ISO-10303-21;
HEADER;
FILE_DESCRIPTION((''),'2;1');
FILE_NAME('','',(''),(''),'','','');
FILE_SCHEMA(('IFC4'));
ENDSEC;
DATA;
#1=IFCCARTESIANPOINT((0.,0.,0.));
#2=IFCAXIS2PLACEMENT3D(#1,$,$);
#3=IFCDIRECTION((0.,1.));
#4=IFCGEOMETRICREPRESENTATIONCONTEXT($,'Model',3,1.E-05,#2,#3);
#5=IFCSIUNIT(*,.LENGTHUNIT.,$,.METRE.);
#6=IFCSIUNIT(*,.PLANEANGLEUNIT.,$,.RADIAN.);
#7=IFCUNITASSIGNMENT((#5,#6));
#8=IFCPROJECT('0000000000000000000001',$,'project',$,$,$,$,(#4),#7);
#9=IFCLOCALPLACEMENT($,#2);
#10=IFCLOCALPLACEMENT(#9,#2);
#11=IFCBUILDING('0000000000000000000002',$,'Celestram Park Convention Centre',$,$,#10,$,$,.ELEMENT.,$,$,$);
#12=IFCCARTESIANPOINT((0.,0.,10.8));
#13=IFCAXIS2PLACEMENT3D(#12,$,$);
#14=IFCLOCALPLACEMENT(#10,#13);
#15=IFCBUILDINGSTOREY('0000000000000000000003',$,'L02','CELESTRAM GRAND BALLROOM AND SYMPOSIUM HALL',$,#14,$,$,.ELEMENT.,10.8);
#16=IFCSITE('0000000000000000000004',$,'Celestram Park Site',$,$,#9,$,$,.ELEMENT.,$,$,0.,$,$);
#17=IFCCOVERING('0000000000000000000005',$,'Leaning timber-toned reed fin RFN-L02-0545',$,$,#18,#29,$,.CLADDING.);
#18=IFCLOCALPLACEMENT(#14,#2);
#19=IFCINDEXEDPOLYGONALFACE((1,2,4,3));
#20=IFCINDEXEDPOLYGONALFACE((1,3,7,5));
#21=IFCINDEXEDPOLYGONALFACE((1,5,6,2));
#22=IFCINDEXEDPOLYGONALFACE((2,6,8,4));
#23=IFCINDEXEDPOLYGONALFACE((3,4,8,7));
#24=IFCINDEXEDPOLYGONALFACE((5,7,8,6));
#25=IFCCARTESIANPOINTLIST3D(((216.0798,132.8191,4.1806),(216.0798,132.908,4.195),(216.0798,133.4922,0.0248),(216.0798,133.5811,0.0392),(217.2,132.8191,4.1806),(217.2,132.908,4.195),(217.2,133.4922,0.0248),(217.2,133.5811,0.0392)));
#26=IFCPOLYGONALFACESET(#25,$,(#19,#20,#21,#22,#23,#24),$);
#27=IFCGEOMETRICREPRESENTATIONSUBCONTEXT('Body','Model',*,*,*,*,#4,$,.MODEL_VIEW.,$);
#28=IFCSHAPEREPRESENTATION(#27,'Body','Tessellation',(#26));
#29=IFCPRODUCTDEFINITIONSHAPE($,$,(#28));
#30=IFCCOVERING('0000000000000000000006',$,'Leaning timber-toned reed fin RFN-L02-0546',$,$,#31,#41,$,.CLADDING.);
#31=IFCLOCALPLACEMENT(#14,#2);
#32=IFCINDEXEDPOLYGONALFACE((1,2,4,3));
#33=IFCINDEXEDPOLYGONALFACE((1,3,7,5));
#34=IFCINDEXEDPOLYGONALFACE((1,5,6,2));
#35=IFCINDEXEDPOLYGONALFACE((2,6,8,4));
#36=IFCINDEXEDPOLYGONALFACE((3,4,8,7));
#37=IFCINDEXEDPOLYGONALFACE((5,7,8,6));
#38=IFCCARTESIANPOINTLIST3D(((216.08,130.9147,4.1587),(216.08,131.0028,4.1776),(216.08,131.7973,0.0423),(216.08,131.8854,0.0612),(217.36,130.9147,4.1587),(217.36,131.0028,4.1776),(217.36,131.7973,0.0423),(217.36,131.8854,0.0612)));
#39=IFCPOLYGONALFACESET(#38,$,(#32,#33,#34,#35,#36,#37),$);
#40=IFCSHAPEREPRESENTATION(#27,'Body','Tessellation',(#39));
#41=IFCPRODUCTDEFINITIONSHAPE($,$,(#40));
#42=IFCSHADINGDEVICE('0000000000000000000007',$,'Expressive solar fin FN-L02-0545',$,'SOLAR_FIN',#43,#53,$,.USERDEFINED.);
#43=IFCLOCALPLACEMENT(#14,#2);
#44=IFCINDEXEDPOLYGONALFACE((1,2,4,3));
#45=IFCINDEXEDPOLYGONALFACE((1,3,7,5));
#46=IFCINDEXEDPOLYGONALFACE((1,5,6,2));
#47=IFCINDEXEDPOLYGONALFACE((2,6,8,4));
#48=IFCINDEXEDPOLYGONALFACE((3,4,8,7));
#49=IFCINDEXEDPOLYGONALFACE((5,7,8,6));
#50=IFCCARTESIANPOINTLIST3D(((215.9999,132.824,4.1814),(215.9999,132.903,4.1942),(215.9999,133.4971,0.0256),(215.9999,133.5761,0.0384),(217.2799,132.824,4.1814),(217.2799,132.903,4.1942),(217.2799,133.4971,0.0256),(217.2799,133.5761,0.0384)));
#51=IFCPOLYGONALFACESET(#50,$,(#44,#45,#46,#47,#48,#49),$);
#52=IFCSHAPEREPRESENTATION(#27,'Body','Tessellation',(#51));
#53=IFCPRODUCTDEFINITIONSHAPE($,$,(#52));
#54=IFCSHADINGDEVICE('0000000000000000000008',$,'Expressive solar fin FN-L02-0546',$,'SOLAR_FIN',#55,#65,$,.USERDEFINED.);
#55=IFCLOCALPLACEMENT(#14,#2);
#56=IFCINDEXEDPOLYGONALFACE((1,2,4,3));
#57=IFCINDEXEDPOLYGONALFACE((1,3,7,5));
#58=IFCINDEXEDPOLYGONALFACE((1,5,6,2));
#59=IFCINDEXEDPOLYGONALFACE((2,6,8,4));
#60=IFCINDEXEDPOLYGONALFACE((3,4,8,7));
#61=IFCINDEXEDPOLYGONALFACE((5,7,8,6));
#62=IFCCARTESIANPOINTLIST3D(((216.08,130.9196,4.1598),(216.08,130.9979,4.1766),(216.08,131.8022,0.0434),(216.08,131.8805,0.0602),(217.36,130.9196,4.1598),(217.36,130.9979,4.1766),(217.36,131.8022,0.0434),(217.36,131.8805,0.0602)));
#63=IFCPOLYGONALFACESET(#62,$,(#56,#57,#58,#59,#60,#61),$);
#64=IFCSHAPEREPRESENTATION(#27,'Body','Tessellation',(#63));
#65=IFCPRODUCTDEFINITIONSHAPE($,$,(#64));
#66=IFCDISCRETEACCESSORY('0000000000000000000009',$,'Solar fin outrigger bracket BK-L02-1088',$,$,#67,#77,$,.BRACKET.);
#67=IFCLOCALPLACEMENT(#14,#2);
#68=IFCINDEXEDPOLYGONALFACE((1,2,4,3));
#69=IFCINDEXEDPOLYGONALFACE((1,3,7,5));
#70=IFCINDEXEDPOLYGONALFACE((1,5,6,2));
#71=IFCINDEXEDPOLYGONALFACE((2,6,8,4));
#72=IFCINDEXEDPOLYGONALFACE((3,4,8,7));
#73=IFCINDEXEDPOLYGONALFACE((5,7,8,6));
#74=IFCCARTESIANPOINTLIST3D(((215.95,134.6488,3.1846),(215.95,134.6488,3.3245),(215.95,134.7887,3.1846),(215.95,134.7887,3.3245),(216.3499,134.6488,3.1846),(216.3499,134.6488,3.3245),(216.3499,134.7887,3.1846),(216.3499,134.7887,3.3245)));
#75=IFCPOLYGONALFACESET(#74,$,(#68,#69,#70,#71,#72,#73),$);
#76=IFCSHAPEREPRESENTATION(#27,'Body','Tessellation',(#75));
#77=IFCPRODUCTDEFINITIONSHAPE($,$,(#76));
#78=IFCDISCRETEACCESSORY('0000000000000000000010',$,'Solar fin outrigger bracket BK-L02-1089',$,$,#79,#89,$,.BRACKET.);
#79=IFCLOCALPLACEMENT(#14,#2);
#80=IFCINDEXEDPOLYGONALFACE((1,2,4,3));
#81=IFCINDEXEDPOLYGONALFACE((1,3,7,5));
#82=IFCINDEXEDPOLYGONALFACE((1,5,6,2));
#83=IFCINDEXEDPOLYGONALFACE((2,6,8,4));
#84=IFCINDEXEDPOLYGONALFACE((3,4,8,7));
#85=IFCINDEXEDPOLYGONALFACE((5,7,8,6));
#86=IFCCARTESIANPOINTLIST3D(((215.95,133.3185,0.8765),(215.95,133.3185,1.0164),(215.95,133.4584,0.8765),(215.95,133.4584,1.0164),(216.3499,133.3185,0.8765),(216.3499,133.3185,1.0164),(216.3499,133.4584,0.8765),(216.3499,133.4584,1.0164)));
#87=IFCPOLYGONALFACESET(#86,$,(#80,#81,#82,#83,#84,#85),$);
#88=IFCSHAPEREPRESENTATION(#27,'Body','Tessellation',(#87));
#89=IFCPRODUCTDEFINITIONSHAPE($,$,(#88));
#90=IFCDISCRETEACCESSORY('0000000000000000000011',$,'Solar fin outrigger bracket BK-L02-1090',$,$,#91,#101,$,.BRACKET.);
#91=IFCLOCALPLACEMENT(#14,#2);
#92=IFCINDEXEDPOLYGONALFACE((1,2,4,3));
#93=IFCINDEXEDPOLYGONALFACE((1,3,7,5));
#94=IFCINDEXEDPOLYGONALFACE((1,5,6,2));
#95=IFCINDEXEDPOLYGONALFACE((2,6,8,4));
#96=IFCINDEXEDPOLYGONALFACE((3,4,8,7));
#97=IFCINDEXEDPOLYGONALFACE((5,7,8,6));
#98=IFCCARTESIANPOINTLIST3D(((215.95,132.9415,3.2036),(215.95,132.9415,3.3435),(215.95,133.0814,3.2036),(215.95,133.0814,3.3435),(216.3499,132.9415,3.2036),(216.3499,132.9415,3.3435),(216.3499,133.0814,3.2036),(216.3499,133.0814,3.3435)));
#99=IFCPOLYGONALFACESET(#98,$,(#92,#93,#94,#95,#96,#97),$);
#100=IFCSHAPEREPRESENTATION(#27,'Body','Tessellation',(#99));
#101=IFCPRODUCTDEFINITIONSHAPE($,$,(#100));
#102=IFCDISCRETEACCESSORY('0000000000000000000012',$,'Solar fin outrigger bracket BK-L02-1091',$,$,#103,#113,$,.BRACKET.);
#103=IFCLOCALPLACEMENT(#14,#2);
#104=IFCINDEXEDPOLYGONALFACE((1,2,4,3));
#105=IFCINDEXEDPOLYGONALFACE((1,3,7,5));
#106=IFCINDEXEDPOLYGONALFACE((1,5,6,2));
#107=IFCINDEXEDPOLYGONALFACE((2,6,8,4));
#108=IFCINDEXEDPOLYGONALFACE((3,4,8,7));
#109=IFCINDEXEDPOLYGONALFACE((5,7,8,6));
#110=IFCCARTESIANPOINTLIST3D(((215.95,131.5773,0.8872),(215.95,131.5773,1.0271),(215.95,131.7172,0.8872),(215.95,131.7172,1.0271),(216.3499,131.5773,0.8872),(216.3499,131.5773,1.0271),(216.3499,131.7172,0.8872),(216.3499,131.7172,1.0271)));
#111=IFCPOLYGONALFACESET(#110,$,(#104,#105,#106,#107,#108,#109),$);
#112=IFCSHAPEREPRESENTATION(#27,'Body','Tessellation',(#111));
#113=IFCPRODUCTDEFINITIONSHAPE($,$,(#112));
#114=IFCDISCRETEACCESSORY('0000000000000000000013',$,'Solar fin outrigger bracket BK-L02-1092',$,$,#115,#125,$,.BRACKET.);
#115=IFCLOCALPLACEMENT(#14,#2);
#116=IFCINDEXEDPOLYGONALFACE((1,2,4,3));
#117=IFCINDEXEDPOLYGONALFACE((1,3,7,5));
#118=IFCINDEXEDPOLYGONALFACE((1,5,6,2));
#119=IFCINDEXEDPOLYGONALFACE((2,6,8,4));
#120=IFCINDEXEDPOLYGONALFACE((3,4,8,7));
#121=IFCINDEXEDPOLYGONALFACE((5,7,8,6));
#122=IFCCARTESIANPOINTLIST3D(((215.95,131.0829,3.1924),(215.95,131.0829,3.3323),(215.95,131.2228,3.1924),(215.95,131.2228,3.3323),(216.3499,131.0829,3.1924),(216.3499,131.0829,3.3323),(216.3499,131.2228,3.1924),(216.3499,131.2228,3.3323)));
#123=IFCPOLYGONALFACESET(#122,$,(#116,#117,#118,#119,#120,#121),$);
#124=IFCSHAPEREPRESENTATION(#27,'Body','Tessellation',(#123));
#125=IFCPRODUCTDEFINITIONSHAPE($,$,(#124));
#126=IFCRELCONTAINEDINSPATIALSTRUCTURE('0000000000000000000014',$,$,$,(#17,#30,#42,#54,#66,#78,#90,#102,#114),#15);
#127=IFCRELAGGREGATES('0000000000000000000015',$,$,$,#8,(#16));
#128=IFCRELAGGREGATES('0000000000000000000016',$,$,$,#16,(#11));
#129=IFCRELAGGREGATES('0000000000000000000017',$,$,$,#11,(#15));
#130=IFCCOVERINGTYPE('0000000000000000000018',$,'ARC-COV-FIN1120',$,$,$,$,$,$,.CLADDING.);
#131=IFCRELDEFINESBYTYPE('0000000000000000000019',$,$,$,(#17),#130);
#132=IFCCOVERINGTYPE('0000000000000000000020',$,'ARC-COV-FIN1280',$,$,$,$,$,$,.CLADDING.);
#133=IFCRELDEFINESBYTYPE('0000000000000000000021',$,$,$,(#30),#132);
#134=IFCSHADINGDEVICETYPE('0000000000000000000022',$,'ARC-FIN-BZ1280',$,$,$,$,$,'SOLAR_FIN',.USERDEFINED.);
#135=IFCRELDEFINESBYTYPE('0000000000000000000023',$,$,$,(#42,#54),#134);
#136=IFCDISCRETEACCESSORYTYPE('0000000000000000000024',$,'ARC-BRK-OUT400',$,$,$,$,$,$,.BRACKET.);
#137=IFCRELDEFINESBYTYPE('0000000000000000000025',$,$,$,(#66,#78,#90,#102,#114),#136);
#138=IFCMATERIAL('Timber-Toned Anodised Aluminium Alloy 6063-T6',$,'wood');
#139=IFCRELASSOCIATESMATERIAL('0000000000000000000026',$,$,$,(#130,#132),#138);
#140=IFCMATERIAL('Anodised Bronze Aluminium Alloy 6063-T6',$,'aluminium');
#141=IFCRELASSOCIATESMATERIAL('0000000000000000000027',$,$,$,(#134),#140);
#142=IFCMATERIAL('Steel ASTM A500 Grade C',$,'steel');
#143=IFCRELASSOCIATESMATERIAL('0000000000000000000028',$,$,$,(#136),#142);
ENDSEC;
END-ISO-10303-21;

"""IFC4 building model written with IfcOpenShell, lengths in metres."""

from ifc_helpers import new_model, si_unit, direction, frame, origin, origin_2d, place, context, subcontext, project, spatial, rectangle, extrude, material, material_profile, profile_set, type_object, element, save


model = new_model("IFC4")

# Units and contexts
model_context = context("Model", 3, precision=1e-05, world=origin(), true_north=direction((0.0, 1.0)))
body_context = subcontext(model_context, "Body", "Model", "MODEL_VIEW")
ifc_project = project(units=[si_unit("LENGTHUNIT", "METRE"), si_unit("PLANEANGLEUNIT", "RADIAN")], contexts=[model_context])

# Site, building, storey
site_placement = place(None, origin())
site = spatial("IfcSite", under=ifc_project, at=site_placement, Name="Celestram Park Site", CompositionType="ELEMENT", RefElevation=0.0)
building_placement = place(site_placement, origin())
building = spatial("IfcBuilding", under=site, at=building_placement, Name="Celestram Park Convention Centre", CompositionType="ELEMENT")
storey_placement = place(building_placement, frame((0.0, 0.0, 10.8)))
storey = spatial("IfcBuildingStorey", under=building, at=storey_placement, Name="L02", Description="CELESTRAM GRAND BALLROOM AND SYMPOSIUM HALL", CompositionType="ELEMENT", Elevation=10.8)

# Shared definitions
ifc_material_1 = material(Name="Steel ASTM A500 Grade C", Category="steel")

# Coverings
ifc_material_2 = material(Name="Timber-Toned Anodised Aluminium Alloy 6063-T6", Category="wood")
ifc_material_profile_1 = material_profile(ifc_material_2, rectangle(XDim=1.1201, YDim=0.0901, at=origin_2d()), Name="REED1120X90")
ifc_profile_set_1 = profile_set([ifc_material_profile_1], Name="Timber-Toned Anodised Aluminium Alloy 6063-T6")
covering_type_1 = type_object("IfcCoveringType", Name="ARC-COV-FIN1120", PredefinedType="CLADDING", material=ifc_profile_set_1)
covering_1_placement = place(storey_placement, frame((216.6399, 133.5366, 0.032), z_axis=(0.0, -0.159883, 0.987136), x_axis=(1.0, 0.0, 0.0)))
element("IfcCovering", 1, at=covering_1_placement, inside=storey, type_object=covering_type_1, Name="Leaning timber-toned reed fin RFN-L02-0545", PredefinedType="CLADDING", context=body_context, shape_type="SweptSolid", body=[
    extrude(rectangle(XDim=1.1201, YDim=0.0901, at=origin_2d()), origin(), (0.0, 0.0, 1.0), 4.21),
])
ifc_material_profile_2 = material_profile(ifc_material_2, rectangle(XDim=1.28, YDim=0.0901, at=origin_2d()), Name="REED1280X90")
ifc_profile_set_2 = profile_set([ifc_material_profile_2], Name="Timber-Toned Anodised Aluminium Alloy 6063-T6")
covering_type_2 = type_object("IfcCoveringType", Name="ARC-COV-FIN1280", PredefinedType="CLADDING", material=ifc_profile_set_2)
covering_2_placement = place(storey_placement, frame((216.72, 131.8413, 0.0518), z_axis=(0.0, -0.209636, 0.977779), x_axis=(1.0, 0.0, 0.0)))
element("IfcCovering", 2, at=covering_2_placement, inside=storey, type_object=covering_type_2, Name="Leaning timber-toned reed fin RFN-L02-0546", PredefinedType="CLADDING", context=body_context, shape_type="SweptSolid", body=[
    extrude(rectangle(XDim=1.28, YDim=0.0901, at=origin_2d()), origin(), (0.0, 0.0, 1.0), 4.21),
])

# Shading devices
ifc_material_3 = material(Name="Anodised Bronze Aluminium Alloy 6063-T6", Category="aluminium")
ifc_material_profile_3 = material_profile(ifc_material_3, rectangle(XDim=1.28, YDim=0.0801, at=origin_2d()), Name="FIN1280X80")
ifc_profile_set_3 = profile_set([ifc_material_profile_3], Name="Anodised Bronze Aluminium Alloy 6063-T6")
shading_device_type = type_object("IfcShadingDeviceType", Name="ARC-FIN-BZ1280", ElementType="SOLAR_FIN", PredefinedType="USERDEFINED", material=ifc_profile_set_3)
for number, where, z_axis, x_axis, name in (
    (3, (216.6399, 133.5366, 0.032), (0.0, -0.159883, 0.987136), (1.0, 0.0, 0.0), "Expressive solar fin FN-L02-0545"),
    (4, (216.72, 131.8413, 0.0518), (0.0, -0.209636, 0.977779), (1.0, 0.0, 0.0), "Expressive solar fin FN-L02-0546"),
):
    element("IfcShadingDevice", number, at=place(storey_placement, frame(where, z_axis=z_axis, x_axis=x_axis)), inside=storey, type_object=shading_device_type, Name=name, ObjectType="SOLAR_FIN", PredefinedType="USERDEFINED", context=body_context, shape_type="SweptSolid", body=[
        extrude(rectangle(XDim=1.28, YDim=0.0801, at=origin_2d()), origin(), (0.0, 0.0, 1.0), 4.21),
    ])

# Discrete accessories
discrete_accessory_type = type_object("IfcDiscreteAccessoryType", Name="ARC-BRK-OUT400", PredefinedType="BRACKET", material=ifc_material_1)
for number, where, z_axis, x_axis, name in (
    (5, (216.1499, 134.7188, 3.1846), (0.0, 0.0, 1.0), (1.0, 0.0, 0.0), "Solar fin outrigger bracket BK-L02-1088"),
    (6, (216.1499, 133.3884, 0.8765), (0.0, 0.0, 1.0), (1.0, 0.0, 0.0), "Solar fin outrigger bracket BK-L02-1089"),
    (7, (216.1499, 133.0115, 3.2036), (0.0, 0.0, 1.0), (1.0, 0.0, 0.0), "Solar fin outrigger bracket BK-L02-1090"),
    (8, (216.1499, 131.6472, 0.8872), (0.0, 0.0, 1.0), (1.0, 0.0, 0.0), "Solar fin outrigger bracket BK-L02-1091"),
    (9, (216.1499, 131.1528, 3.1924), (0.0, 0.0, 1.0), (1.0, 0.0, 0.0), "Solar fin outrigger bracket BK-L02-1092"),
):
    element("IfcDiscreteAccessory", number, at=place(storey_placement, frame(where, z_axis=z_axis, x_axis=x_axis)), inside=storey, type_object=discrete_accessory_type, Name=name, PredefinedType="BRACKET", context=body_context, shape_type="SweptSolid", body=[
        extrude(rectangle(XDim=0.3999, YDim=0.1399, at=origin_2d()), origin(), (0.0, 0.0, 1.0), 0.1399),
    ])

save(model, "model.ifc")
